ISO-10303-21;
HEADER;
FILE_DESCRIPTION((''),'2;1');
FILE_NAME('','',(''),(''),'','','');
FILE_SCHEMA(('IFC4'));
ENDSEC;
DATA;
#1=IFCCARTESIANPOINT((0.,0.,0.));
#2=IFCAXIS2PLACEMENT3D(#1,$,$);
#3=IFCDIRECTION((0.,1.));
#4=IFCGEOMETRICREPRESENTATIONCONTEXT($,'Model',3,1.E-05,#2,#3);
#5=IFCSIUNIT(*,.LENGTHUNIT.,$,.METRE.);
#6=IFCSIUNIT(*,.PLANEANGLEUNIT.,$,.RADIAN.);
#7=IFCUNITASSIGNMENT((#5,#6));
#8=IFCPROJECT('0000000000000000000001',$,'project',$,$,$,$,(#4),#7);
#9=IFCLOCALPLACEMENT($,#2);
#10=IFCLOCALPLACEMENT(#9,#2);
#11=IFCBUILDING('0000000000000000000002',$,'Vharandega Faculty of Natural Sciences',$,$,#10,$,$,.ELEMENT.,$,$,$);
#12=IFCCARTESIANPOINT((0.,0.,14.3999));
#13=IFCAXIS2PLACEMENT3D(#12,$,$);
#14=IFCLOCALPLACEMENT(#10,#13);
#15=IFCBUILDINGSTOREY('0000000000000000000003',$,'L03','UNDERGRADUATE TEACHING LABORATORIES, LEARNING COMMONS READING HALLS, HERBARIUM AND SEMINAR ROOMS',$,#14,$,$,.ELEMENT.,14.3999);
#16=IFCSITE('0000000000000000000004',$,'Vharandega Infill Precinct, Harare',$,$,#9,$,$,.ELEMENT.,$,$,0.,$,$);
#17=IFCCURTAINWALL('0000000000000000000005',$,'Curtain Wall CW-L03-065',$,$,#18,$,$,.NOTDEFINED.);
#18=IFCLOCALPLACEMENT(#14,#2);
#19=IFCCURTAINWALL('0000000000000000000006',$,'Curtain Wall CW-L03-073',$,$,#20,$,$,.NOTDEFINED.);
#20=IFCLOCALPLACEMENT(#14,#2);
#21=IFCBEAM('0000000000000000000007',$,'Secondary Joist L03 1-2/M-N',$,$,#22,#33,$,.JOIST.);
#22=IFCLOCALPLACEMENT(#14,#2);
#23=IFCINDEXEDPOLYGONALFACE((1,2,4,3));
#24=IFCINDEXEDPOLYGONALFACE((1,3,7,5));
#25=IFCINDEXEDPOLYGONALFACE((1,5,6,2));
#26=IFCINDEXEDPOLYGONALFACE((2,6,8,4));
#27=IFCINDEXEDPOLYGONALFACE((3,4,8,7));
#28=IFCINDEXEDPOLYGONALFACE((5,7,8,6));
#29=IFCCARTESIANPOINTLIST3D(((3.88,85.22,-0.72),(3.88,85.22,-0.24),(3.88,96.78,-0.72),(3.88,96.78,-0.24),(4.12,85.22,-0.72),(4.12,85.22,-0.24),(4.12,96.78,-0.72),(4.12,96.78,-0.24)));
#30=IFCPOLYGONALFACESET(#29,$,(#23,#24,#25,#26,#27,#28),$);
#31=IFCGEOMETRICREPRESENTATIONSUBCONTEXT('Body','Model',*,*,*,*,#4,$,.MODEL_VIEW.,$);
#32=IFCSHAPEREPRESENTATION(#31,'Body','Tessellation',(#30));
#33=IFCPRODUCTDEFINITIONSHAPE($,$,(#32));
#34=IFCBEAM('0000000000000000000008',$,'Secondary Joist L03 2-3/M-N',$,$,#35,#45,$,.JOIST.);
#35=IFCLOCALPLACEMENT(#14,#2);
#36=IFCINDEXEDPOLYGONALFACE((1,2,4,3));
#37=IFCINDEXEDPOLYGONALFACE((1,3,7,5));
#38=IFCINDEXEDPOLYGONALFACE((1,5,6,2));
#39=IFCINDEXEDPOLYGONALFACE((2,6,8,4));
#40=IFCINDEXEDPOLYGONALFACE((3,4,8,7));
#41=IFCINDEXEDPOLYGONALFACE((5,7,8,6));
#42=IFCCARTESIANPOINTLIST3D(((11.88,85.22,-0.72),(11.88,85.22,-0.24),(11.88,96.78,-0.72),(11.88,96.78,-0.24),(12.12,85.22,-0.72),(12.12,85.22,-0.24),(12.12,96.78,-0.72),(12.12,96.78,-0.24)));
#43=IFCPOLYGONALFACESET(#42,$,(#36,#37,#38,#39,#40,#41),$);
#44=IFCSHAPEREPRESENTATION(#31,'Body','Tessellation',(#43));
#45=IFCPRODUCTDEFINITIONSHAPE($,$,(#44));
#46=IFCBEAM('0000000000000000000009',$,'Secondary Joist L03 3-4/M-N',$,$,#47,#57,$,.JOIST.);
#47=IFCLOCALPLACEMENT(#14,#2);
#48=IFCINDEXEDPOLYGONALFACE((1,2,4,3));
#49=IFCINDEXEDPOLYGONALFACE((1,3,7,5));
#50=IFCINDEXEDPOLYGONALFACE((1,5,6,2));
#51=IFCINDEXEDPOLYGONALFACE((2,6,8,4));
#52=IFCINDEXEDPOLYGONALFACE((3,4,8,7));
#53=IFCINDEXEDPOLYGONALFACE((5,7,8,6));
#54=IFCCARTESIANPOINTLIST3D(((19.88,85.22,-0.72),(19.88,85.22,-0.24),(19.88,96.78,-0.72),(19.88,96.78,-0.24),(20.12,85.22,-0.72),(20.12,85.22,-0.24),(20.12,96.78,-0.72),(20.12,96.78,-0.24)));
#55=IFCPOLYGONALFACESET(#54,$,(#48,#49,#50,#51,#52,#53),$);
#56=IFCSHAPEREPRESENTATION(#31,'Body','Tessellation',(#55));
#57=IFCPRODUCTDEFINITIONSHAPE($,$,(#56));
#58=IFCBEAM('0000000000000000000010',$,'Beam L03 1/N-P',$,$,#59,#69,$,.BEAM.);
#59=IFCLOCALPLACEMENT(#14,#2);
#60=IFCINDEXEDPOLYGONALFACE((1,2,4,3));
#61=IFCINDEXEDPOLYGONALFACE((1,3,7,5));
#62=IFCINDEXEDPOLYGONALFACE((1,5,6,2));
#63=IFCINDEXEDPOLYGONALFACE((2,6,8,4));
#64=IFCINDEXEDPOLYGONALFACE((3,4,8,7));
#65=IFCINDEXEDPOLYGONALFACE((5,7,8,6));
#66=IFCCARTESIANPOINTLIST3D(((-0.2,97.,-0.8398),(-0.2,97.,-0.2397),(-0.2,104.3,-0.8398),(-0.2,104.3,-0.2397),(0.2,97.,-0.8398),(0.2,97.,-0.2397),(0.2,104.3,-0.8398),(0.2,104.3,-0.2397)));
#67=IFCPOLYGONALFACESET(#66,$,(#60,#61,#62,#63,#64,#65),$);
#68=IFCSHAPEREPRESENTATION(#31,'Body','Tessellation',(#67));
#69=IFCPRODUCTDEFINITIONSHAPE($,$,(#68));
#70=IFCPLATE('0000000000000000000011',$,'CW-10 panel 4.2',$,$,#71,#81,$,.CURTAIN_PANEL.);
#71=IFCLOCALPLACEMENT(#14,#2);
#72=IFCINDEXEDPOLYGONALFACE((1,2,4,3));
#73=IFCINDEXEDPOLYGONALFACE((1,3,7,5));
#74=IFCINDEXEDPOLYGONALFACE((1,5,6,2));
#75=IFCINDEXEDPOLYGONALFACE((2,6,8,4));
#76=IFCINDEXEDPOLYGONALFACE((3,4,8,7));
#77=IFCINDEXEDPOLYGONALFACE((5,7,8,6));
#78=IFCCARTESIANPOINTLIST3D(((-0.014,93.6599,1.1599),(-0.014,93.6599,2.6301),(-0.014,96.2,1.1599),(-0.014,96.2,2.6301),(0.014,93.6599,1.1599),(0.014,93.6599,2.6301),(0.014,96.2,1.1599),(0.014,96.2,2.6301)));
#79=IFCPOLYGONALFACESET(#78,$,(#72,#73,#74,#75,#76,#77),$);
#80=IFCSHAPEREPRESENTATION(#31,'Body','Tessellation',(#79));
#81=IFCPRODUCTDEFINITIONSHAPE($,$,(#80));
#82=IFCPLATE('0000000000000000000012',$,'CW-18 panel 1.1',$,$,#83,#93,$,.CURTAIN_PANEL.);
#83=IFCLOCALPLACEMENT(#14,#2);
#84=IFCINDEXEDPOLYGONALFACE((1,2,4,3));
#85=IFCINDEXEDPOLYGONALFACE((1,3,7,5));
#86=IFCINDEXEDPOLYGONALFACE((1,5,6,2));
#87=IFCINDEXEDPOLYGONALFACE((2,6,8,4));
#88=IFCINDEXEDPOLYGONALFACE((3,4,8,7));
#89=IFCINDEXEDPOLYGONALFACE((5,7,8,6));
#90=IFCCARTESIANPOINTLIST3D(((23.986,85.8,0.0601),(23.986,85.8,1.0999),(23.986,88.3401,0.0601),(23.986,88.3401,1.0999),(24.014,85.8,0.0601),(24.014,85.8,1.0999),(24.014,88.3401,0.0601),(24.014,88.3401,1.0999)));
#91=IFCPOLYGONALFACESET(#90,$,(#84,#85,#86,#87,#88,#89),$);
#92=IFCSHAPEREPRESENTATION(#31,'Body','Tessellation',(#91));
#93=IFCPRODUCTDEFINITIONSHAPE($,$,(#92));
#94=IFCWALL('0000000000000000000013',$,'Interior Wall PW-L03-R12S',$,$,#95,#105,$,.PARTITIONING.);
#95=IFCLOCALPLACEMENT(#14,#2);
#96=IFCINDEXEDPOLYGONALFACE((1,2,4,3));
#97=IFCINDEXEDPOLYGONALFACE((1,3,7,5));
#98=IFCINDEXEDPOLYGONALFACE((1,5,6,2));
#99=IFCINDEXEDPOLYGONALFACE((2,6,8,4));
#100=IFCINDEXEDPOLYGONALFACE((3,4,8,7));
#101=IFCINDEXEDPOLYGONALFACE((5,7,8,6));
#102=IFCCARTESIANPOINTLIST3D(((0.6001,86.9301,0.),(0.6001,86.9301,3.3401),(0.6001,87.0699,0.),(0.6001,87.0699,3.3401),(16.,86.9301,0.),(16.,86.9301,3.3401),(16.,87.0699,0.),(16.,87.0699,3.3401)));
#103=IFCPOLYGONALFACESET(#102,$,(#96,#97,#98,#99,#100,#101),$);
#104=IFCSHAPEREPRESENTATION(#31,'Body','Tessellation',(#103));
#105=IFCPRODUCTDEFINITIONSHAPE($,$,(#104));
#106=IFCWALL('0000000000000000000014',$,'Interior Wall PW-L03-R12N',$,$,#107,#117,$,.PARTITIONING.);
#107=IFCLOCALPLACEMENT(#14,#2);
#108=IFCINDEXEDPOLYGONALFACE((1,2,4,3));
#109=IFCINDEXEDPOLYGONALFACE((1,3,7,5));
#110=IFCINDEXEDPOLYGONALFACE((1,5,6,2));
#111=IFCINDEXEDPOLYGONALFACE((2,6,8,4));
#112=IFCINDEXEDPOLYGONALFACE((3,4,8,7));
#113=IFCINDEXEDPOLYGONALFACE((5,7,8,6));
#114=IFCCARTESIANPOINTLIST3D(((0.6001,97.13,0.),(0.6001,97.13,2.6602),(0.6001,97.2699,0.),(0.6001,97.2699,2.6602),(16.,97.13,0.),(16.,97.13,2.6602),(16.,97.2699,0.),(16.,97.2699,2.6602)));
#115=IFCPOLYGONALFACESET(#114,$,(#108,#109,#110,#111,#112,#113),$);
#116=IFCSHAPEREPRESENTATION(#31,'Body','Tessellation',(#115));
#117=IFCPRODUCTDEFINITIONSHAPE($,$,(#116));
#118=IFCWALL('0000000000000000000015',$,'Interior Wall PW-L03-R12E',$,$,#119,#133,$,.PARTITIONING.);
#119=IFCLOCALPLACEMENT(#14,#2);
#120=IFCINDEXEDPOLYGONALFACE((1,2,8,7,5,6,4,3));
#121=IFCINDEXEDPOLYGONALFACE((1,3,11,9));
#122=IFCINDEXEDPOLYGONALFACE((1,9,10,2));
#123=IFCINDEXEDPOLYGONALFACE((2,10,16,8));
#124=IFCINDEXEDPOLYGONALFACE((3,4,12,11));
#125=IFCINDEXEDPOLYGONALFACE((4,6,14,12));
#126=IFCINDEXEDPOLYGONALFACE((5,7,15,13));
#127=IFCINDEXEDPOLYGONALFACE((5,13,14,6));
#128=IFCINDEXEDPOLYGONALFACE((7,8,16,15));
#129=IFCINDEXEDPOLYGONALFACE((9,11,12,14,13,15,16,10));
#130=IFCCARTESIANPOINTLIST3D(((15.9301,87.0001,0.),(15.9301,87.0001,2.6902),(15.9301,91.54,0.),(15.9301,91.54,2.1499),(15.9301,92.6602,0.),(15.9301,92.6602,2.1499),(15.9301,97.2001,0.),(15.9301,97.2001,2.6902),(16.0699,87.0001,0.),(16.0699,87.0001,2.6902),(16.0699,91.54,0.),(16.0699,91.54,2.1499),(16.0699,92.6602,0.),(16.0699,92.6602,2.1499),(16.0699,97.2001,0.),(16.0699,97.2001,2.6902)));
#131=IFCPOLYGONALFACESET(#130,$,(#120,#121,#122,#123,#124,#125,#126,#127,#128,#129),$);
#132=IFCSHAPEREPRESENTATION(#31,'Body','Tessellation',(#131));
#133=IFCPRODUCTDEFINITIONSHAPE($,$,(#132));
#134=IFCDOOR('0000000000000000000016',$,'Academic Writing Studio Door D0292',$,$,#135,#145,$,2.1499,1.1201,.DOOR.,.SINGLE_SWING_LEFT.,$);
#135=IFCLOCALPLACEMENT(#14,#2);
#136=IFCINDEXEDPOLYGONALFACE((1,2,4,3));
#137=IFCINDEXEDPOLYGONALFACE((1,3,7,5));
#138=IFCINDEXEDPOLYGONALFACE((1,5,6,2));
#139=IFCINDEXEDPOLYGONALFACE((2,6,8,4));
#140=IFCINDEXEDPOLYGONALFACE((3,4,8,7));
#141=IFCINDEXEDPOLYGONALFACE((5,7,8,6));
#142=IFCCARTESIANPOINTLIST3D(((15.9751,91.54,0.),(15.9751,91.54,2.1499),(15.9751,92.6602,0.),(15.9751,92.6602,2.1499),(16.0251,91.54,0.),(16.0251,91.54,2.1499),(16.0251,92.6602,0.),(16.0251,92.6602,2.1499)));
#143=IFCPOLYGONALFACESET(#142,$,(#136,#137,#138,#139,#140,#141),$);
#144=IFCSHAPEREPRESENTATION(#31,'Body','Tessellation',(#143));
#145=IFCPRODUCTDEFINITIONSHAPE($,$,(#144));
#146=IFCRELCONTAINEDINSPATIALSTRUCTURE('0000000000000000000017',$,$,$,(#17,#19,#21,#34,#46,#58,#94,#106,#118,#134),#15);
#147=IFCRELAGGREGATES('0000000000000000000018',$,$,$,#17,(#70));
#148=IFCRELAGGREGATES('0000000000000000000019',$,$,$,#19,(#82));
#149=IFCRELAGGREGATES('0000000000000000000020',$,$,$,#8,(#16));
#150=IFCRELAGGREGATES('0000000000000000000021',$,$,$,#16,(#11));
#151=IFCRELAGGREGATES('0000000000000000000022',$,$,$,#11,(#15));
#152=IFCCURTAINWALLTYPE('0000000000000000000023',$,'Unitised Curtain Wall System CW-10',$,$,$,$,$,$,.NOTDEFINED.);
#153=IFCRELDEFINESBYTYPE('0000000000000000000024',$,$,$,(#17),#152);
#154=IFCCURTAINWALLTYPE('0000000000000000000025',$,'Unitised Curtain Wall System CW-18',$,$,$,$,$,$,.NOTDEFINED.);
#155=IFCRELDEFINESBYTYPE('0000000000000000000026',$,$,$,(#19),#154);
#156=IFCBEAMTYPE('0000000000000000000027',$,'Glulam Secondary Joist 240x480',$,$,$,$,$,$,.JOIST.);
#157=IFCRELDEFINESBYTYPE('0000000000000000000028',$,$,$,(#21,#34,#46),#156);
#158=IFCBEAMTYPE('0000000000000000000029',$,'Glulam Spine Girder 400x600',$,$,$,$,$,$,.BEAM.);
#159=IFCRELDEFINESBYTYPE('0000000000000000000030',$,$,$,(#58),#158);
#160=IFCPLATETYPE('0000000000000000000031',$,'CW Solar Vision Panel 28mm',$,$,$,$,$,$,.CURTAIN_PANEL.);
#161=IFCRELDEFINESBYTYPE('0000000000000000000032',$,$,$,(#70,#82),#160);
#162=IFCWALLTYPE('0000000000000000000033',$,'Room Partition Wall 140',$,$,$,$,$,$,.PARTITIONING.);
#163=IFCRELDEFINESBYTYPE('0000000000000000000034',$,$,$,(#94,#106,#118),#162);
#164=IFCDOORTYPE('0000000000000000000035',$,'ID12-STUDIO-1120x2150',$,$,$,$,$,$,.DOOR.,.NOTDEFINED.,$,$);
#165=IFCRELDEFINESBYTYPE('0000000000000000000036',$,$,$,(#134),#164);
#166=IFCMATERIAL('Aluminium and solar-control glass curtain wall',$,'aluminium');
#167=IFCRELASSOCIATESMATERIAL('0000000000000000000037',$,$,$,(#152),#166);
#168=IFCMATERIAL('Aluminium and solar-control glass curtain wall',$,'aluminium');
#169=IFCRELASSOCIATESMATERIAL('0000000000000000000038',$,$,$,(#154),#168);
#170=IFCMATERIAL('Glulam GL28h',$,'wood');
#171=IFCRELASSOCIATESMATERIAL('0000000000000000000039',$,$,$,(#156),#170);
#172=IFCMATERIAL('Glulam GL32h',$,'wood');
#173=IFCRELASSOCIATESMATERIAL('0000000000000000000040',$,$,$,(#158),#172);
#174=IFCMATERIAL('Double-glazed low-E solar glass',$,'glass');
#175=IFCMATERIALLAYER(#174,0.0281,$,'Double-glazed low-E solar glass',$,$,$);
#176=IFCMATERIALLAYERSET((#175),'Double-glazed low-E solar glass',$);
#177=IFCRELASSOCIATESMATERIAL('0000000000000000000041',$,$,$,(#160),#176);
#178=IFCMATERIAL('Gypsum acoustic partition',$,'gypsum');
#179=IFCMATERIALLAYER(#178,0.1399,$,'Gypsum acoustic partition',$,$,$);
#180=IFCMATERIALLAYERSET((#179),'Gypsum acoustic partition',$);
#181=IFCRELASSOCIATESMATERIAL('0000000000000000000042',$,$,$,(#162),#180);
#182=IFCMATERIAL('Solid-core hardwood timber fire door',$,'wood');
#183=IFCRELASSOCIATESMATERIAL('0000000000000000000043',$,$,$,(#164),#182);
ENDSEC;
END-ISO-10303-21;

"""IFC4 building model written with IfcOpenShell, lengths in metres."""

from ifc_helpers import new_model, si_unit, direction, frame, frame_2d, origin, origin_2d, place, context, subcontext, project, spatial, rectangle, extrude, material, layer, layer_set, material_profile, profile_set, type_object, element, fill, aggregate, save


model = new_model("IFC4")

# Units and contexts
model_context = context("Model", 3, precision=1e-05, world=origin(), true_north=direction((0.0, 1.0)))
body_context = subcontext(model_context, "Body", "Model", "MODEL_VIEW")
ifc_project = project(units=[si_unit("LENGTHUNIT", "METRE"), si_unit("PLANEANGLEUNIT", "RADIAN")], contexts=[model_context])

# Site, building, storey
site_placement = place(None, origin())
site = spatial("IfcSite", under=ifc_project, at=site_placement, Name="Vharandega Infill Precinct, Harare", CompositionType="ELEMENT", RefElevation=0.0)
building_placement = place(site_placement, origin())
building = spatial("IfcBuilding", under=site, at=building_placement, Name="Vharandega Faculty of Natural Sciences", CompositionType="ELEMENT")
storey_placement = place(building_placement, frame((0.0, 0.0, 14.3999)))
storey = spatial("IfcBuildingStorey", under=building, at=storey_placement, Name="L03", Description="UNDERGRADUATE TEACHING LABORATORIES, LEARNING COMMONS READING HALLS, HERBARIUM AND SEMINAR ROOMS", CompositionType="ELEMENT", Elevation=14.3999)

# Curtain wall
ifc_material_1 = material(Name="Aluminium and solar-control glass curtain wall", Category="aluminium")
curtain_wall_type_1 = type_object("IfcCurtainWallType", Name="Unitised Curtain Wall System CW-10", PredefinedType="NOTDEFINED", material=ifc_material_1)
curtain_wall_1_placement = place(storey_placement, origin())
curtain_wall_1 = element("IfcCurtainWall", 1, at=curtain_wall_1_placement, inside=storey, type_object=curtain_wall_type_1, Name="Curtain Wall CW-L03-065", PredefinedType="NOTDEFINED")

# Curtain wall
ifc_material_2 = material(Name="Aluminium and solar-control glass curtain wall", Category="aluminium")
curtain_wall_type_2 = type_object("IfcCurtainWallType", Name="Unitised Curtain Wall System CW-18", PredefinedType="NOTDEFINED", material=ifc_material_2)
curtain_wall_2_placement = place(storey_placement, origin())
curtain_wall_2 = element("IfcCurtainWall", 2, at=curtain_wall_2_placement, inside=storey, type_object=curtain_wall_type_2, Name="Curtain Wall CW-L03-073", PredefinedType="NOTDEFINED")

# Beams
ifc_material_3 = material(Name="Glulam GL28h", Category="wood")
ifc_material_profile_1 = material_profile(ifc_material_3, rectangle(XDim=0.24, YDim=0.48, at=origin_2d()), Name="GL28h 240x480")
ifc_profile_set_1 = profile_set([ifc_material_profile_1], Name="Glulam GL28h")
beam_type_1 = type_object("IfcBeamType", Name="Glulam Secondary Joist 240x480", PredefinedType="JOIST", material=ifc_profile_set_1)
for number, where, z_axis, x_axis, name in (
    (3, (4.0, 85.22, -0.48), (0.0, 1.0, 0.0), (-1.0, 0.0, 0.0), "Secondary Joist L03 1-2/M-N"),
    (4, (12.0, 85.22, -0.48), (0.0, 1.0, 0.0), (-1.0, 0.0, 0.0), "Secondary Joist L03 2-3/M-N"),
    (5, (20.0, 85.22, -0.48), (0.0, 1.0, 0.0), (-1.0, 0.0, 0.0), "Secondary Joist L03 3-4/M-N"),
):
    element("IfcBeam", number, at=place(storey_placement, frame(where, z_axis=z_axis, x_axis=x_axis)), inside=storey, type_object=beam_type_1, Name=name, PredefinedType="JOIST", context=body_context, shape_type="SweptSolid", body=[
        extrude(rectangle(XDim=0.24, YDim=0.48, at=origin_2d()), origin(), (0.0, 0.0, 1.0), 11.5601),
    ])
ifc_material_4 = material(Name="Glulam GL32h", Category="wood")
ifc_material_profile_2 = material_profile(ifc_material_4, rectangle(XDim=0.3999, YDim=0.6001, at=origin_2d()), Name="GL32h 400x600")
ifc_profile_set_2 = profile_set([ifc_material_profile_2], Name="Glulam GL32h")
beam_type_2 = type_object("IfcBeamType", Name="Glulam Spine Girder 400x600", PredefinedType="BEAM", material=ifc_profile_set_2)
beam_placement = place(storey_placement, frame((0.0, 97.0, -0.5398), z_axis=(0.0, 1.0, 0.0), x_axis=(-1.0, 0.0, 0.0)))
element("IfcBeam", 6, at=beam_placement, inside=storey, type_object=beam_type_2, Name="Beam L03 1/N-P", PredefinedType="BEAM", context=body_context, shape_type="SweptSolid", body=[
    extrude(rectangle(XDim=0.3999, YDim=0.6001, at=origin_2d()), origin(), (0.0, 0.0, 1.0), 7.3),
])

# Plates
ifc_material_5 = material(Name="Double-glazed low-E solar glass", Category="glass")
ifc_layer_1 = layer(ifc_material_5, 0.0281, Name="Double-glazed low-E solar glass")
ifc_layer_set_1 = layer_set([ifc_layer_1], Name="Double-glazed low-E solar glass")
plate_type = type_object("IfcPlateType", Name="CW Solar Vision Panel 28mm", PredefinedType="CURTAIN_PANEL", material=ifc_layer_set_1)
plate_1_placement = place(storey_placement, frame((0.0, 94.9299, 1.1599), z_axis=(0.0, 0.0, 1.0), x_axis=(0.0, 1.0, 0.0)))
plate_1 = element("IfcPlate", 7, at=plate_1_placement, type_object=plate_type, Name="CW-10 panel 4.2", PredefinedType="CURTAIN_PANEL", context=body_context, shape_type="SweptSolid", body=[
    extrude(rectangle(XDim=2.54, YDim=0.0281, at=origin_2d()), origin(), (0.0, 0.0, 1.0), 1.4702),
])
aggregate(curtain_wall_1, [plate_1])
plate_2_placement = place(storey_placement, frame((24.0, 87.0701, 0.0601), z_axis=(0.0, 0.0, 1.0), x_axis=(0.0, 1.0, 0.0)))
plate_2 = element("IfcPlate", 8, at=plate_2_placement, type_object=plate_type, Name="CW-18 panel 1.1", PredefinedType="CURTAIN_PANEL", context=body_context, shape_type="SweptSolid", body=[
    extrude(rectangle(XDim=2.54, YDim=0.0281, at=origin_2d()), origin(), (0.0, 0.0, 1.0), 1.0398),
])
aggregate(curtain_wall_2, [plate_2])

# Walls
ifc_material_6 = material(Name="Gypsum acoustic partition", Category="gypsum")
ifc_layer_2 = layer(ifc_material_6, 0.1399, Name="Gypsum acoustic partition")
ifc_layer_set_2 = layer_set([ifc_layer_2], Name="Gypsum acoustic partition")
wall_type = type_object("IfcWallType", Name="Room Partition Wall 140", PredefinedType="PARTITIONING", material=ifc_layer_set_2)
wall_1_placement = place(storey_placement, frame((0.6001, 87.0, 0.0), z_axis=(0.0, 0.0, 1.0), x_axis=(1.0, 0.0, 0.0)))
element("IfcWall", 9, at=wall_1_placement, inside=storey, type_object=wall_type, Name="Interior Wall PW-L03-R12S", PredefinedType="PARTITIONING", context=body_context, shape_type="SweptSolid", body=[
    extrude(rectangle(XDim=15.3999, YDim=0.1399, at=frame_2d((7.7, 0.0))), origin(), (0.0, 0.0, 1.0), 3.3401),
])
wall_2_placement = place(storey_placement, frame((0.6001, 97.2, 0.0), z_axis=(0.0, 0.0, 1.0), x_axis=(1.0, 0.0, 0.0)))
element("IfcWall", 10, at=wall_2_placement, inside=storey, type_object=wall_type, Name="Interior Wall PW-L03-R12N", PredefinedType="PARTITIONING", context=body_context, shape_type="SweptSolid", body=[
    extrude(rectangle(XDim=15.3999, YDim=0.1399, at=frame_2d((7.7, 0.0))), origin(), (0.0, 0.0, 1.0), 2.6602),
])

# Wall, opening, door
wall_3_placement = place(storey_placement, frame((16.0, 87.0, 0.0), z_axis=(0.0, 0.0, 1.0), x_axis=(0.0, 1.0, 0.0)))
wall_3 = element("IfcWall", 11, at=wall_3_placement, inside=storey, type_object=wall_type, Name="Interior Wall PW-L03-R12E", PredefinedType="PARTITIONING", context=body_context, shape_type="SweptSolid", body=[
    extrude(rectangle(XDim=10.2, YDim=0.1399, at=frame_2d((5.1001, 0.0))), origin(), (0.0, 0.0, 1.0), 2.6902),
])
opening_placement = place(wall_3_placement, frame((4.54, 0.0, 0.0)))
opening = element("IfcOpeningElement", 12, at=opening_placement, cuts=wall_3, PredefinedType="OPENING", context=body_context, shape_type="SweptSolid", body=[
    extrude(rectangle(XDim=1.1201, YDim=2.1499, at=frame_2d((0.5601, 1.075))), frame((0.0, 0.0801, 0.0), z_axis=(0.0, -1.0, 0.0), x_axis=(1.0, 0.0, 0.0)), (0.0, 0.0, 1.0), 0.1599),
])
ifc_material_7 = material(Name="Solid-core hardwood timber fire door", Category="wood")
door_type = type_object("IfcDoorType", Name="ID12-STUDIO-1120x2150", OperationType="NOTDEFINED", PredefinedType="DOOR", material=ifc_material_7)
door_placement = place(opening_placement, origin())
door = element("IfcDoor", 13, at=door_placement, inside=storey, type_object=door_type, Name="Academic Writing Studio Door D0292", OperationType="SINGLE_SWING_LEFT", OverallHeight=2.1499, OverallWidth=1.1201, PredefinedType="DOOR", context=body_context, shape_type="SweptSolid", body=[
    extrude(rectangle(XDim=1.1201, YDim=2.1499, at=frame_2d((0.5601, 1.075))), frame((0.0, 0.0249, 0.0), z_axis=(0.0, -1.0, 0.0), x_axis=(1.0, 0.0, 0.0)), (0.0, 0.0, 1.0), 0.05),
])
fill(opening, door)

save(model, "model.ifc")
